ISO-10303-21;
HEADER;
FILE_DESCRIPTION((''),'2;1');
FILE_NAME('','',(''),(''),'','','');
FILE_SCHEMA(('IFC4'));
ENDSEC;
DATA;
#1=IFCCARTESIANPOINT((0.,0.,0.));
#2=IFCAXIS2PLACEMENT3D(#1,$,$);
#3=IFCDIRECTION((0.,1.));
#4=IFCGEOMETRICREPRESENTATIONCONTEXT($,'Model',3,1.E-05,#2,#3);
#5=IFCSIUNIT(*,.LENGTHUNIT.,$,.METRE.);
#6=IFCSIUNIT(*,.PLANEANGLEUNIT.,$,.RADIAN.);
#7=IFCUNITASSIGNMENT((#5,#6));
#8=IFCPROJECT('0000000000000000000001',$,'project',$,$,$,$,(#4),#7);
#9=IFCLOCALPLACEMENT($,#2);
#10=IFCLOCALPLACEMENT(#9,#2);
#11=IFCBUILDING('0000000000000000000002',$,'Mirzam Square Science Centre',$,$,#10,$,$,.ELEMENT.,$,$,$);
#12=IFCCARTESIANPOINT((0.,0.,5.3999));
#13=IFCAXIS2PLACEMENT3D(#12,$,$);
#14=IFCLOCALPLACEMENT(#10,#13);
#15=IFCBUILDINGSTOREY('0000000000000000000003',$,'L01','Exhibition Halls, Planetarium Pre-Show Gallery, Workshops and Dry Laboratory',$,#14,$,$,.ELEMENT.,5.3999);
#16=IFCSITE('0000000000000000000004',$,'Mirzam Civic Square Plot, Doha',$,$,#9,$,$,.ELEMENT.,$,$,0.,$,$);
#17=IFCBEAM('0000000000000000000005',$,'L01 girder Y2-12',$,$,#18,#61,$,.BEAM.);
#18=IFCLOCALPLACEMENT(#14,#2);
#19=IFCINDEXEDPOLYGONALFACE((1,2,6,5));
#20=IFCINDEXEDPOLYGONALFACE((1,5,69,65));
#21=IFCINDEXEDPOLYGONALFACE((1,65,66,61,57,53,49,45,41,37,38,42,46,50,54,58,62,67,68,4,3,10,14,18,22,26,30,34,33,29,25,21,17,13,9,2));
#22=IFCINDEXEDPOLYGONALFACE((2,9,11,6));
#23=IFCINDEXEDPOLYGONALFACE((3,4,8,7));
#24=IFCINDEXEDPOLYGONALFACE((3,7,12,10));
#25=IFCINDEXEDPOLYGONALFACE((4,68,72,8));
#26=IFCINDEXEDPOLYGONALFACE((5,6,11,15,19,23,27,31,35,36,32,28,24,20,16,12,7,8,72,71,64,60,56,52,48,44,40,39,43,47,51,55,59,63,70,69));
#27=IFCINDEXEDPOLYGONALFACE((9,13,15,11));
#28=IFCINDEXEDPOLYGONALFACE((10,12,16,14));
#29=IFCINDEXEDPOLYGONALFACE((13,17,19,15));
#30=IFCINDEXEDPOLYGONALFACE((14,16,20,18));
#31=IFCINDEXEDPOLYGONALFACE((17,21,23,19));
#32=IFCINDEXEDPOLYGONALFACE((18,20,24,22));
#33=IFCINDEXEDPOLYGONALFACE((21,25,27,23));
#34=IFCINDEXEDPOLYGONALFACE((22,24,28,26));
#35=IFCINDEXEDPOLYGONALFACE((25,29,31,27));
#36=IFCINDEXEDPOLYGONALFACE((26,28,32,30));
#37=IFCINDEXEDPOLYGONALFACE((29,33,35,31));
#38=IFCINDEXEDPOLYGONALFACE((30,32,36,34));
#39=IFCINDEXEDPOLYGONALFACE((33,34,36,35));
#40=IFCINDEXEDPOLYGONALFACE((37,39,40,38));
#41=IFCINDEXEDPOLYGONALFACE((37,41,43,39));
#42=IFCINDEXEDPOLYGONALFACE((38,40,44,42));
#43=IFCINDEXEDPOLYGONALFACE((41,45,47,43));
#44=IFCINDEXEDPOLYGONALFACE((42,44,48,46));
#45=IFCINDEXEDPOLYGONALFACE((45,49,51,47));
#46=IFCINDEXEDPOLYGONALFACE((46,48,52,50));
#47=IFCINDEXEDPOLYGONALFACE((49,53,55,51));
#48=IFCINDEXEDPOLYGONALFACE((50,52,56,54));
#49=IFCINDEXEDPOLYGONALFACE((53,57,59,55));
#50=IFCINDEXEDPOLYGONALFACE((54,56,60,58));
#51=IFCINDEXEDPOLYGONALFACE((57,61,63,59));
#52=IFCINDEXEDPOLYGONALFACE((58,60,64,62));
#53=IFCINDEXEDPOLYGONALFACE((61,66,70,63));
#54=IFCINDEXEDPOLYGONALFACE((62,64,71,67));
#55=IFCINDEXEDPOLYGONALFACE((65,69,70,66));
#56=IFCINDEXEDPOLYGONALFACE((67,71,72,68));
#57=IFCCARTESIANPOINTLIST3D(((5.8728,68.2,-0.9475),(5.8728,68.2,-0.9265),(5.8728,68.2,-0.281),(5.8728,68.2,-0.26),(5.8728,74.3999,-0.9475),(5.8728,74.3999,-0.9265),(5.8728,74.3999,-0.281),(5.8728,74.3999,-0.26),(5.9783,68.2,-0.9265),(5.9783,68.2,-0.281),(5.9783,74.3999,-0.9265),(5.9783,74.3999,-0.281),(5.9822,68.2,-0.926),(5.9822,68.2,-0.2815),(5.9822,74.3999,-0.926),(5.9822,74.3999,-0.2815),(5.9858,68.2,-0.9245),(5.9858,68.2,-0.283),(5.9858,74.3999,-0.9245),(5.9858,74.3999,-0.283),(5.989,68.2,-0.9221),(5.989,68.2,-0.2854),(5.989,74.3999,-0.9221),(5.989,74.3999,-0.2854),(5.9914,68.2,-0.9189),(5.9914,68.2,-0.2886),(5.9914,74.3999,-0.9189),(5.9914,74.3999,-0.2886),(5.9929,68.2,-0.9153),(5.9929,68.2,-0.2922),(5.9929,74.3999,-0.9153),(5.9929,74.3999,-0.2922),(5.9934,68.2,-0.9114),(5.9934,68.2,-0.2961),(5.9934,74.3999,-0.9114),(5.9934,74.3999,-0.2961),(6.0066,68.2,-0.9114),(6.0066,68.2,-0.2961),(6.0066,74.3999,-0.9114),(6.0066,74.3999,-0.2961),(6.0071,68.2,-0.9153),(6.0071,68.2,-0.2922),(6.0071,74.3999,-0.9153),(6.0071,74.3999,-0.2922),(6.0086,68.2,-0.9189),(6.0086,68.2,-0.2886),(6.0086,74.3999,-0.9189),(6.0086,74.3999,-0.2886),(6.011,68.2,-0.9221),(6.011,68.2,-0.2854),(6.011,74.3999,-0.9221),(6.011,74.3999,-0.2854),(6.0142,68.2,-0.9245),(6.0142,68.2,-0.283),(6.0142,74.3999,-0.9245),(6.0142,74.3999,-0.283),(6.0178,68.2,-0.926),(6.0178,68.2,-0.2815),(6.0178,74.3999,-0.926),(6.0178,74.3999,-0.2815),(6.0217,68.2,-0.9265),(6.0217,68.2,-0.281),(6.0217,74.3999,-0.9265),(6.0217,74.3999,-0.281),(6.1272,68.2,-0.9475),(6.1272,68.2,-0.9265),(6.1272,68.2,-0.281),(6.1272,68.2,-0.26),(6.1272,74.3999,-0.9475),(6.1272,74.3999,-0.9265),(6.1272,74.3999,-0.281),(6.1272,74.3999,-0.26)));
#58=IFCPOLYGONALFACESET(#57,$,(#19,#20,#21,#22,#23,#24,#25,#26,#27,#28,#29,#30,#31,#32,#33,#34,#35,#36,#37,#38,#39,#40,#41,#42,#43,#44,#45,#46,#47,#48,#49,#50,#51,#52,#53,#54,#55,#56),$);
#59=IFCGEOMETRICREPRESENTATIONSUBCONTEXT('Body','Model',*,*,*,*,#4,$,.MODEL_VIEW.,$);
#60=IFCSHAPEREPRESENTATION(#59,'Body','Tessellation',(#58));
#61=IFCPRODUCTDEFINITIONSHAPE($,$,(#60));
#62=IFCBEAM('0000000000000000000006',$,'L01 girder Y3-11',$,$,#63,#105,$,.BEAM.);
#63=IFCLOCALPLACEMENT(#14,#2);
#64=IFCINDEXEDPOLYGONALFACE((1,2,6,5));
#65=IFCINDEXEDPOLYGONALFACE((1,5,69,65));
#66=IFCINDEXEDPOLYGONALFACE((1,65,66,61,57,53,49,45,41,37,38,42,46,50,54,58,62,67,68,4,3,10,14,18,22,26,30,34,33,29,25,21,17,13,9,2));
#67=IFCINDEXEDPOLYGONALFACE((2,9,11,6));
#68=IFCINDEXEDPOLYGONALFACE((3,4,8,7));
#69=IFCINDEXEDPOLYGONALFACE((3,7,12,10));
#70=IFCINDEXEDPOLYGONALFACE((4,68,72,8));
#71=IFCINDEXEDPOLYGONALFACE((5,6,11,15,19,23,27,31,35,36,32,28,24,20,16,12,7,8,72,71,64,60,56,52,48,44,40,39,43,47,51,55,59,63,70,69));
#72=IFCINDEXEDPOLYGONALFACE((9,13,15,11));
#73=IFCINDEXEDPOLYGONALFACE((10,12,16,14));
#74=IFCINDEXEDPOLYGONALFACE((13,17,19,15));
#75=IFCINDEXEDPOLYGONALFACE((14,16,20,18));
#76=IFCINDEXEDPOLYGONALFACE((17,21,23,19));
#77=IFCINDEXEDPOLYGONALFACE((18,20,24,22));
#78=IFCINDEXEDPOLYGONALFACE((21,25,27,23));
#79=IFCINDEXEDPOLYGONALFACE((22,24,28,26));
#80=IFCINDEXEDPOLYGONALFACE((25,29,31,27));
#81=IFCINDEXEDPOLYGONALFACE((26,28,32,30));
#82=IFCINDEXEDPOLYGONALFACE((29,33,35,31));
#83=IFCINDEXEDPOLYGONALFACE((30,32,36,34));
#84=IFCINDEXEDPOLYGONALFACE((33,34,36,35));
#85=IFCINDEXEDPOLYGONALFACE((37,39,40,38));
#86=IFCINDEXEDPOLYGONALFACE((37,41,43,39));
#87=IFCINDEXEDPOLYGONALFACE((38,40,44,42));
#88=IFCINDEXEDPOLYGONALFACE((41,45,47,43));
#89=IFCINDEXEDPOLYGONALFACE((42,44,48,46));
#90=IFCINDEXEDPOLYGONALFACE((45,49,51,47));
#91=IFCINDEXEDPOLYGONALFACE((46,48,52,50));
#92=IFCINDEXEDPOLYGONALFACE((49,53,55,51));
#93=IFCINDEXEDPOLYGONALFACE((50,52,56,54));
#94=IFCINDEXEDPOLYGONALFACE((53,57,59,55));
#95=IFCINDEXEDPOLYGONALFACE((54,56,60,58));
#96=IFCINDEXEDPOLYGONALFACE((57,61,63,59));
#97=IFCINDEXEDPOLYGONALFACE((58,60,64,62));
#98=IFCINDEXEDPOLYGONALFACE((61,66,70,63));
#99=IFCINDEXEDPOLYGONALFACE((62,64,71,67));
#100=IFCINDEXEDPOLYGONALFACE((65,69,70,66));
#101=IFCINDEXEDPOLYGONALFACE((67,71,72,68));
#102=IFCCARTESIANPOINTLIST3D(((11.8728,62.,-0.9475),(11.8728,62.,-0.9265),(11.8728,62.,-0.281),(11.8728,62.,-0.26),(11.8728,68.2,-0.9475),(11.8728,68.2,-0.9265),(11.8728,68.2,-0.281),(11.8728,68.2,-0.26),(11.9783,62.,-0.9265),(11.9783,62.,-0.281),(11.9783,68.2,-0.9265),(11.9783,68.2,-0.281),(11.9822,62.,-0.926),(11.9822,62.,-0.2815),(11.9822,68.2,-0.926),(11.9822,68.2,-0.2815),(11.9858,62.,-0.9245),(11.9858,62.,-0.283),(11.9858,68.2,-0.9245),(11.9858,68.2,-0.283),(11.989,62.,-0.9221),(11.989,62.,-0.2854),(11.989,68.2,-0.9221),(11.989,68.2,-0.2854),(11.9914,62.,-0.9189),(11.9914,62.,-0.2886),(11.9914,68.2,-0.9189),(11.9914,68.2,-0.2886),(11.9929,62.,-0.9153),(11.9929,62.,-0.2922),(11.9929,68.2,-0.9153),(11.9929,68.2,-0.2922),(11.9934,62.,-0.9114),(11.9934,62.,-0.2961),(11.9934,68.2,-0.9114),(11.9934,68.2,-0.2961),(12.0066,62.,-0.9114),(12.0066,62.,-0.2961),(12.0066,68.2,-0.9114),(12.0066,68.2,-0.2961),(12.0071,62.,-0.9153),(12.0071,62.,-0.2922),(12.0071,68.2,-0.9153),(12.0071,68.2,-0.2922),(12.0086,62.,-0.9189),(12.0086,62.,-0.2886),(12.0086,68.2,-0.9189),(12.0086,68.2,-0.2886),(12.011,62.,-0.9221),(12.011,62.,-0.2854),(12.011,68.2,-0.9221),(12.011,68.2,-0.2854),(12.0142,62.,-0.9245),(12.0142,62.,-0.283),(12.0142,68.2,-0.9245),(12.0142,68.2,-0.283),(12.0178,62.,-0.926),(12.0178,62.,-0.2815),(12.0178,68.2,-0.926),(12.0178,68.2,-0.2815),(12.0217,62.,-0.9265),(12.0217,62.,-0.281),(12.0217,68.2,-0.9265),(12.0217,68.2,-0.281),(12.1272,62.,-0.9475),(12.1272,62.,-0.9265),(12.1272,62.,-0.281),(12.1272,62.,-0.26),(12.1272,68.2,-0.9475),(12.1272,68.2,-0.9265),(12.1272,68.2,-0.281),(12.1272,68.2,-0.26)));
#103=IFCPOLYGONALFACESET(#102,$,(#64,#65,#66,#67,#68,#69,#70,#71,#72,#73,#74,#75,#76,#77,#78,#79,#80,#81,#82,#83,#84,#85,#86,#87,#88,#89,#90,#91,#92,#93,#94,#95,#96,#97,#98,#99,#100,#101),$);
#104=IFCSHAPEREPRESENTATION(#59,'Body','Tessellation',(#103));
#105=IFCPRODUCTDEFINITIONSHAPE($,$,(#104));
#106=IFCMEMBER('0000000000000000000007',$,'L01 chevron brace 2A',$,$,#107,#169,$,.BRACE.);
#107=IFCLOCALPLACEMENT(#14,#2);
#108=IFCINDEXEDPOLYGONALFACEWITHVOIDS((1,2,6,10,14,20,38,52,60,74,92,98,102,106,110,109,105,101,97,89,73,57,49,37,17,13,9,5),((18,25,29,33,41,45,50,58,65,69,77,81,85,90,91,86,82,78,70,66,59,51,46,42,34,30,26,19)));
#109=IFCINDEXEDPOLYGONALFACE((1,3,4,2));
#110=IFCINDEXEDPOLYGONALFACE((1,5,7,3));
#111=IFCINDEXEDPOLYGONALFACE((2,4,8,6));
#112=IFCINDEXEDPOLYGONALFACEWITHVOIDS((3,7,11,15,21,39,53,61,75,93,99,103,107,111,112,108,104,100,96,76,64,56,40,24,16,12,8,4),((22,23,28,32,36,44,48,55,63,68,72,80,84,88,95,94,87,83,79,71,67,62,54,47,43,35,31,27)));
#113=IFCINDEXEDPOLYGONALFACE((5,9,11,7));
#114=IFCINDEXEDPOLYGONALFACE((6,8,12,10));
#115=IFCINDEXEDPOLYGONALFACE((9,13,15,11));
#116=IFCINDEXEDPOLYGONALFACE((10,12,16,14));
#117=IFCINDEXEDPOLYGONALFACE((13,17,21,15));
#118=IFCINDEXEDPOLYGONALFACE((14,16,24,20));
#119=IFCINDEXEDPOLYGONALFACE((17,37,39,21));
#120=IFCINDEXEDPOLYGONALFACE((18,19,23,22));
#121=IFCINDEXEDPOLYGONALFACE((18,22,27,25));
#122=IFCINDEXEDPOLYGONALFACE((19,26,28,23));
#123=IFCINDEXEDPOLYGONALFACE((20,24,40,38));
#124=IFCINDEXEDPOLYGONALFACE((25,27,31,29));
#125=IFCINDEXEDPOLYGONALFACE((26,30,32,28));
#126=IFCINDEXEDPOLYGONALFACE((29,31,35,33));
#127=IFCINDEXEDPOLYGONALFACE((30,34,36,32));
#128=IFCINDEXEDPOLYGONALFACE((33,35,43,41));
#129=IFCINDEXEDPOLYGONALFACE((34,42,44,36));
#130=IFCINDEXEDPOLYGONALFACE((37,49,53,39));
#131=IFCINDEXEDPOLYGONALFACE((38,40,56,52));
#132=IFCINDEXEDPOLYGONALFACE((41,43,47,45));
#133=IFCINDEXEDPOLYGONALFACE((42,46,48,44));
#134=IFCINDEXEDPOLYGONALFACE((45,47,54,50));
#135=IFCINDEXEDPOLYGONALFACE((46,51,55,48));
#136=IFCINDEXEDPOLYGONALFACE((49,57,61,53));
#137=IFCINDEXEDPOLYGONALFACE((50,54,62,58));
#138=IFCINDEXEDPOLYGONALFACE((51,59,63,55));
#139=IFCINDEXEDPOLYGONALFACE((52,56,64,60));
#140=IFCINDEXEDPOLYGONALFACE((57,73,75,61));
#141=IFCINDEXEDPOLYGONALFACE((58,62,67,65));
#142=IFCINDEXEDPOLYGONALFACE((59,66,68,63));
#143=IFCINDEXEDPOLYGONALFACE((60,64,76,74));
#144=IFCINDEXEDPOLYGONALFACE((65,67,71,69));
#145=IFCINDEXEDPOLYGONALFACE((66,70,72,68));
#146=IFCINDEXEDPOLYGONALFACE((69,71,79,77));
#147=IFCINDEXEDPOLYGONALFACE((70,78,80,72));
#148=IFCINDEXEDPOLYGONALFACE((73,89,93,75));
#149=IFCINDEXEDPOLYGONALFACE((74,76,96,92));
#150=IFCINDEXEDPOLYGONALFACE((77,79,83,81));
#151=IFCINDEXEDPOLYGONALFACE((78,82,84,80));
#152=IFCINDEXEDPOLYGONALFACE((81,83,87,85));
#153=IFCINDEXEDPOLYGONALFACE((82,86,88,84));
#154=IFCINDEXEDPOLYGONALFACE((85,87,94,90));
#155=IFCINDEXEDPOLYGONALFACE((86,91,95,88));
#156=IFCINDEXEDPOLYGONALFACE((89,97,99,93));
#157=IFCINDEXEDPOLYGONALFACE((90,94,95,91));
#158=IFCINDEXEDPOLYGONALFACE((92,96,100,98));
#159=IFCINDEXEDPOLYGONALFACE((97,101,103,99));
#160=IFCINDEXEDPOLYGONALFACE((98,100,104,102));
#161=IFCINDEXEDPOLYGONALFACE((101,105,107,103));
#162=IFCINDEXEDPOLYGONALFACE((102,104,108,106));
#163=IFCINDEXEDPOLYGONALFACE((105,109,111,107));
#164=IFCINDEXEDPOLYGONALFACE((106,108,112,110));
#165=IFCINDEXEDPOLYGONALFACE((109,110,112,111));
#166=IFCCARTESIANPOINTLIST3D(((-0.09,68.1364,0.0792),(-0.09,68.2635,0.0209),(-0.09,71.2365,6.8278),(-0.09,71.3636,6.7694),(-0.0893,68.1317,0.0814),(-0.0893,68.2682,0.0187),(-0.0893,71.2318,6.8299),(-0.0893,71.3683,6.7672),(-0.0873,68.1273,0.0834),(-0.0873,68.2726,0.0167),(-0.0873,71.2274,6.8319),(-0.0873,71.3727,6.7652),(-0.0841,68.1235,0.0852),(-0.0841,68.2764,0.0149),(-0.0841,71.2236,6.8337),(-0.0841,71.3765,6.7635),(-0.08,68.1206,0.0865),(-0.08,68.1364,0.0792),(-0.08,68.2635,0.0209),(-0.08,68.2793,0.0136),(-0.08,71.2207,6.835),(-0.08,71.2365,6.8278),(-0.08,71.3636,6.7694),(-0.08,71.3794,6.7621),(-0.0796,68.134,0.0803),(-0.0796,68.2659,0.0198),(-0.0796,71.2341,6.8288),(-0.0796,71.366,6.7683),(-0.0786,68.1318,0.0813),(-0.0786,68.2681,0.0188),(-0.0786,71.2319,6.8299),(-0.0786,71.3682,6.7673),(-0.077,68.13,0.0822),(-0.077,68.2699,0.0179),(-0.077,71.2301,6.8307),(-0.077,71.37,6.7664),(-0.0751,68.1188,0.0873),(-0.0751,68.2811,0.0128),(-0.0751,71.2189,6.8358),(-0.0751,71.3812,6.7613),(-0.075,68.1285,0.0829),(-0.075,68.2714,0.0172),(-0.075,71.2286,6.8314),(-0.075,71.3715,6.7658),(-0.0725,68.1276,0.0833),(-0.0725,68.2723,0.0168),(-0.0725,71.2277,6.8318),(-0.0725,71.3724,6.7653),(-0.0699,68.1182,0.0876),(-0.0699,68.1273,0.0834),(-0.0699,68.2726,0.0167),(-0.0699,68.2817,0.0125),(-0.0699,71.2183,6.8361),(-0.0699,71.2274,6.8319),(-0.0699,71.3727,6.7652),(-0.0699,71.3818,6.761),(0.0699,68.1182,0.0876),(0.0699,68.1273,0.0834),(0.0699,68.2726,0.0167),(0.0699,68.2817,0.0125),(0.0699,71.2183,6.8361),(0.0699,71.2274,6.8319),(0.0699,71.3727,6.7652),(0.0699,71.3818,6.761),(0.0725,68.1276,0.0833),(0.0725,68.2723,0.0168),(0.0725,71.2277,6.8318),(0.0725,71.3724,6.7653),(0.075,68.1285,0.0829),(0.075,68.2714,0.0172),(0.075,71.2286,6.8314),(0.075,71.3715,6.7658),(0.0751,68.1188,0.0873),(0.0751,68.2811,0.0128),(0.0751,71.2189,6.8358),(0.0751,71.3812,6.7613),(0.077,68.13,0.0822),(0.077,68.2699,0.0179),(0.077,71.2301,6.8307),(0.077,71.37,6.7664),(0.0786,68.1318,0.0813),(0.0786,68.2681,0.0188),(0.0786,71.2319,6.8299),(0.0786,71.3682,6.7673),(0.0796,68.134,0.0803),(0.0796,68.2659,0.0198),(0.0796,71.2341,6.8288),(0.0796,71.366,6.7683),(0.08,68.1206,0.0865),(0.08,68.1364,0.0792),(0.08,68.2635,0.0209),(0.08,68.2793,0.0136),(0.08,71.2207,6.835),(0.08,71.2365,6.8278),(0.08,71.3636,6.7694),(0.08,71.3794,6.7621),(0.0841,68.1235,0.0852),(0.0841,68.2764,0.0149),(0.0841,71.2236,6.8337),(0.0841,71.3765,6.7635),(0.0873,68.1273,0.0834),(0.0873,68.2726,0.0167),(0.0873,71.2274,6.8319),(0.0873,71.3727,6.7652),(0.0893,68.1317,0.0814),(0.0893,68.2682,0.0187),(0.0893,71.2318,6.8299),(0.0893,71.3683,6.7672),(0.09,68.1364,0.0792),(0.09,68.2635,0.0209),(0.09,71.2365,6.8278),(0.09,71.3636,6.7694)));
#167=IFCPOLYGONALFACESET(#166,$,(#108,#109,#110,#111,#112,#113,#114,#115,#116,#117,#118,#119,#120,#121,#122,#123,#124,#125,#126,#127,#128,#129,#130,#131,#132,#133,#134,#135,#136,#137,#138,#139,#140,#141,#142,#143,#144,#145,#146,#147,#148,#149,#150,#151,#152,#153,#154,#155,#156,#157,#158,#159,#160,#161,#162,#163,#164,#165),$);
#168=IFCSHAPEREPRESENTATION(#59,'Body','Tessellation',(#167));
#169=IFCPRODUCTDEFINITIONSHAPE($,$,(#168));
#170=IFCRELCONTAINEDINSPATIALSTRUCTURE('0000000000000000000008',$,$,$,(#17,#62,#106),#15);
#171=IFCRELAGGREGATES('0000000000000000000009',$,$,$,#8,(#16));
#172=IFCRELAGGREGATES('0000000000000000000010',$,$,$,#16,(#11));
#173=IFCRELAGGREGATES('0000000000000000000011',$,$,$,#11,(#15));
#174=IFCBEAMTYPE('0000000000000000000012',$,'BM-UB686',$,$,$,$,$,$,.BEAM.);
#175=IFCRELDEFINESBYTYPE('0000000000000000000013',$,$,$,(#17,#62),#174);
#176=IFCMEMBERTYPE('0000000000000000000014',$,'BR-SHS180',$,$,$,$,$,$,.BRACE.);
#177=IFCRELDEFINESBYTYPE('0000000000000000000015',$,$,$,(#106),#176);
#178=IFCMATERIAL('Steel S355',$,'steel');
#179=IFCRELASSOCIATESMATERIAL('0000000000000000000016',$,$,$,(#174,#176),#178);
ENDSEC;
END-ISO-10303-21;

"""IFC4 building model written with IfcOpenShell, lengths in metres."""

from ifc_helpers import new_model, si_unit, direction, frame, origin, origin_2d, place, context, subcontext, project, spatial, hollow_rectangle, i_section, extrude, material, material_profile, profile_set, type_object, element, save


model = new_model("IFC4")

# Units and contexts
model_context = context("Model", 3, precision=1e-05, world=origin(), true_north=direction((0.0, 1.0)))
body_context = subcontext(model_context, "Body", "Model", "MODEL_VIEW")
ifc_project = project(units=[si_unit("LENGTHUNIT", "METRE"), si_unit("PLANEANGLEUNIT", "RADIAN")], contexts=[model_context])

# Site, building, storey
site_placement = place(None, origin())
site = spatial("IfcSite", under=ifc_project, at=site_placement, Name="Mirzam Civic Square Plot, Doha", CompositionType="ELEMENT", RefElevation=0.0)
building_placement = place(site_placement, origin())
building = spatial("IfcBuilding", under=site, at=building_placement, Name="Mirzam Square Science Centre", CompositionType="ELEMENT")
storey_placement = place(building_placement, frame((0.0, 0.0, 5.3999)))
storey = spatial("IfcBuildingStorey", under=building, at=storey_placement, Name="L01", Description="Exhibition Halls, Planetarium Pre-Show Gallery, Workshops and Dry Laboratory", CompositionType="ELEMENT", Elevation=5.3999)

# Shared definitions
ifc_material_1 = material(Name="Steel S355", Category="steel")

# Beams
ifc_material_profile_1 = material_profile(ifc_material_1, i_section(OverallWidth=0.2544, OverallDepth=0.6875, WebThickness=0.0132, FlangeThickness=0.021, FilletRadius=0.0151, at=origin_2d()), Name="686x254x152UB")
ifc_profile_set_1 = profile_set([ifc_material_profile_1], Name="Steel S355")
beam_type_1 = type_object("IfcBeamType", Name="BM-UB686", PredefinedType="BEAM", material=ifc_profile_set_1)
for number, where, z_axis, x_axis, name in (
    (1, (6.0, 68.2, -0.6038), (0.0, 1.0, 0.0), (-1.0, 0.0, 0.0), "L01 girder Y2-12"),
    (2, (12.0, 62.0, -0.6038), (0.0, 1.0, 0.0), (-1.0, 0.0, 0.0), "L01 girder Y3-11"),
):
    element("IfcBeam", number, at=place(storey_placement, frame(where, z_axis=z_axis, x_axis=x_axis)), inside=storey, type_object=beam_type_1, Name=name, PredefinedType="BEAM", context=body_context, shape_type="SweptSolid", body=[
        extrude(i_section(OverallWidth=0.2544, OverallDepth=0.6875, WebThickness=0.0132, FlangeThickness=0.021, FilletRadius=0.0151, at=origin_2d()), origin(), (0.0, 0.0, 1.0), 6.2),
    ])

# Member
ifc_material_profile_2 = material_profile(ifc_material_1, hollow_rectangle(XDim=0.1799, YDim=0.1799, WallThickness=0.01, InnerFilletRadius=0.01, OuterFilletRadius=0.02, at=origin_2d()), Name="180x180x10.0SHS")
ifc_profile_set_2 = profile_set([ifc_material_profile_2], Name="Steel S355")
member_type = type_object("IfcMemberType", Name="BR-SHS180", PredefinedType="BRACE", material=ifc_profile_set_2)
member_placement = place(storey_placement, frame((0.0, 68.2, 0.05), z_axis=(0.0, 0.417436, 0.908707), x_axis=(-1.0, 0.0, 0.0)))
element("IfcMember", 3, at=member_placement, inside=storey, type_object=member_type, Name="L01 chevron brace 2A", PredefinedType="BRACE", context=body_context, shape_type="SweptSolid", body=[
    extrude(hollow_rectangle(XDim=0.1799, YDim=0.1799, WallThickness=0.01, InnerFilletRadius=0.01, OuterFilletRadius=0.02, at=origin_2d()), origin(), (0.0, 0.0, 1.0), 7.4265),
])

save(model, "model.ifc")
